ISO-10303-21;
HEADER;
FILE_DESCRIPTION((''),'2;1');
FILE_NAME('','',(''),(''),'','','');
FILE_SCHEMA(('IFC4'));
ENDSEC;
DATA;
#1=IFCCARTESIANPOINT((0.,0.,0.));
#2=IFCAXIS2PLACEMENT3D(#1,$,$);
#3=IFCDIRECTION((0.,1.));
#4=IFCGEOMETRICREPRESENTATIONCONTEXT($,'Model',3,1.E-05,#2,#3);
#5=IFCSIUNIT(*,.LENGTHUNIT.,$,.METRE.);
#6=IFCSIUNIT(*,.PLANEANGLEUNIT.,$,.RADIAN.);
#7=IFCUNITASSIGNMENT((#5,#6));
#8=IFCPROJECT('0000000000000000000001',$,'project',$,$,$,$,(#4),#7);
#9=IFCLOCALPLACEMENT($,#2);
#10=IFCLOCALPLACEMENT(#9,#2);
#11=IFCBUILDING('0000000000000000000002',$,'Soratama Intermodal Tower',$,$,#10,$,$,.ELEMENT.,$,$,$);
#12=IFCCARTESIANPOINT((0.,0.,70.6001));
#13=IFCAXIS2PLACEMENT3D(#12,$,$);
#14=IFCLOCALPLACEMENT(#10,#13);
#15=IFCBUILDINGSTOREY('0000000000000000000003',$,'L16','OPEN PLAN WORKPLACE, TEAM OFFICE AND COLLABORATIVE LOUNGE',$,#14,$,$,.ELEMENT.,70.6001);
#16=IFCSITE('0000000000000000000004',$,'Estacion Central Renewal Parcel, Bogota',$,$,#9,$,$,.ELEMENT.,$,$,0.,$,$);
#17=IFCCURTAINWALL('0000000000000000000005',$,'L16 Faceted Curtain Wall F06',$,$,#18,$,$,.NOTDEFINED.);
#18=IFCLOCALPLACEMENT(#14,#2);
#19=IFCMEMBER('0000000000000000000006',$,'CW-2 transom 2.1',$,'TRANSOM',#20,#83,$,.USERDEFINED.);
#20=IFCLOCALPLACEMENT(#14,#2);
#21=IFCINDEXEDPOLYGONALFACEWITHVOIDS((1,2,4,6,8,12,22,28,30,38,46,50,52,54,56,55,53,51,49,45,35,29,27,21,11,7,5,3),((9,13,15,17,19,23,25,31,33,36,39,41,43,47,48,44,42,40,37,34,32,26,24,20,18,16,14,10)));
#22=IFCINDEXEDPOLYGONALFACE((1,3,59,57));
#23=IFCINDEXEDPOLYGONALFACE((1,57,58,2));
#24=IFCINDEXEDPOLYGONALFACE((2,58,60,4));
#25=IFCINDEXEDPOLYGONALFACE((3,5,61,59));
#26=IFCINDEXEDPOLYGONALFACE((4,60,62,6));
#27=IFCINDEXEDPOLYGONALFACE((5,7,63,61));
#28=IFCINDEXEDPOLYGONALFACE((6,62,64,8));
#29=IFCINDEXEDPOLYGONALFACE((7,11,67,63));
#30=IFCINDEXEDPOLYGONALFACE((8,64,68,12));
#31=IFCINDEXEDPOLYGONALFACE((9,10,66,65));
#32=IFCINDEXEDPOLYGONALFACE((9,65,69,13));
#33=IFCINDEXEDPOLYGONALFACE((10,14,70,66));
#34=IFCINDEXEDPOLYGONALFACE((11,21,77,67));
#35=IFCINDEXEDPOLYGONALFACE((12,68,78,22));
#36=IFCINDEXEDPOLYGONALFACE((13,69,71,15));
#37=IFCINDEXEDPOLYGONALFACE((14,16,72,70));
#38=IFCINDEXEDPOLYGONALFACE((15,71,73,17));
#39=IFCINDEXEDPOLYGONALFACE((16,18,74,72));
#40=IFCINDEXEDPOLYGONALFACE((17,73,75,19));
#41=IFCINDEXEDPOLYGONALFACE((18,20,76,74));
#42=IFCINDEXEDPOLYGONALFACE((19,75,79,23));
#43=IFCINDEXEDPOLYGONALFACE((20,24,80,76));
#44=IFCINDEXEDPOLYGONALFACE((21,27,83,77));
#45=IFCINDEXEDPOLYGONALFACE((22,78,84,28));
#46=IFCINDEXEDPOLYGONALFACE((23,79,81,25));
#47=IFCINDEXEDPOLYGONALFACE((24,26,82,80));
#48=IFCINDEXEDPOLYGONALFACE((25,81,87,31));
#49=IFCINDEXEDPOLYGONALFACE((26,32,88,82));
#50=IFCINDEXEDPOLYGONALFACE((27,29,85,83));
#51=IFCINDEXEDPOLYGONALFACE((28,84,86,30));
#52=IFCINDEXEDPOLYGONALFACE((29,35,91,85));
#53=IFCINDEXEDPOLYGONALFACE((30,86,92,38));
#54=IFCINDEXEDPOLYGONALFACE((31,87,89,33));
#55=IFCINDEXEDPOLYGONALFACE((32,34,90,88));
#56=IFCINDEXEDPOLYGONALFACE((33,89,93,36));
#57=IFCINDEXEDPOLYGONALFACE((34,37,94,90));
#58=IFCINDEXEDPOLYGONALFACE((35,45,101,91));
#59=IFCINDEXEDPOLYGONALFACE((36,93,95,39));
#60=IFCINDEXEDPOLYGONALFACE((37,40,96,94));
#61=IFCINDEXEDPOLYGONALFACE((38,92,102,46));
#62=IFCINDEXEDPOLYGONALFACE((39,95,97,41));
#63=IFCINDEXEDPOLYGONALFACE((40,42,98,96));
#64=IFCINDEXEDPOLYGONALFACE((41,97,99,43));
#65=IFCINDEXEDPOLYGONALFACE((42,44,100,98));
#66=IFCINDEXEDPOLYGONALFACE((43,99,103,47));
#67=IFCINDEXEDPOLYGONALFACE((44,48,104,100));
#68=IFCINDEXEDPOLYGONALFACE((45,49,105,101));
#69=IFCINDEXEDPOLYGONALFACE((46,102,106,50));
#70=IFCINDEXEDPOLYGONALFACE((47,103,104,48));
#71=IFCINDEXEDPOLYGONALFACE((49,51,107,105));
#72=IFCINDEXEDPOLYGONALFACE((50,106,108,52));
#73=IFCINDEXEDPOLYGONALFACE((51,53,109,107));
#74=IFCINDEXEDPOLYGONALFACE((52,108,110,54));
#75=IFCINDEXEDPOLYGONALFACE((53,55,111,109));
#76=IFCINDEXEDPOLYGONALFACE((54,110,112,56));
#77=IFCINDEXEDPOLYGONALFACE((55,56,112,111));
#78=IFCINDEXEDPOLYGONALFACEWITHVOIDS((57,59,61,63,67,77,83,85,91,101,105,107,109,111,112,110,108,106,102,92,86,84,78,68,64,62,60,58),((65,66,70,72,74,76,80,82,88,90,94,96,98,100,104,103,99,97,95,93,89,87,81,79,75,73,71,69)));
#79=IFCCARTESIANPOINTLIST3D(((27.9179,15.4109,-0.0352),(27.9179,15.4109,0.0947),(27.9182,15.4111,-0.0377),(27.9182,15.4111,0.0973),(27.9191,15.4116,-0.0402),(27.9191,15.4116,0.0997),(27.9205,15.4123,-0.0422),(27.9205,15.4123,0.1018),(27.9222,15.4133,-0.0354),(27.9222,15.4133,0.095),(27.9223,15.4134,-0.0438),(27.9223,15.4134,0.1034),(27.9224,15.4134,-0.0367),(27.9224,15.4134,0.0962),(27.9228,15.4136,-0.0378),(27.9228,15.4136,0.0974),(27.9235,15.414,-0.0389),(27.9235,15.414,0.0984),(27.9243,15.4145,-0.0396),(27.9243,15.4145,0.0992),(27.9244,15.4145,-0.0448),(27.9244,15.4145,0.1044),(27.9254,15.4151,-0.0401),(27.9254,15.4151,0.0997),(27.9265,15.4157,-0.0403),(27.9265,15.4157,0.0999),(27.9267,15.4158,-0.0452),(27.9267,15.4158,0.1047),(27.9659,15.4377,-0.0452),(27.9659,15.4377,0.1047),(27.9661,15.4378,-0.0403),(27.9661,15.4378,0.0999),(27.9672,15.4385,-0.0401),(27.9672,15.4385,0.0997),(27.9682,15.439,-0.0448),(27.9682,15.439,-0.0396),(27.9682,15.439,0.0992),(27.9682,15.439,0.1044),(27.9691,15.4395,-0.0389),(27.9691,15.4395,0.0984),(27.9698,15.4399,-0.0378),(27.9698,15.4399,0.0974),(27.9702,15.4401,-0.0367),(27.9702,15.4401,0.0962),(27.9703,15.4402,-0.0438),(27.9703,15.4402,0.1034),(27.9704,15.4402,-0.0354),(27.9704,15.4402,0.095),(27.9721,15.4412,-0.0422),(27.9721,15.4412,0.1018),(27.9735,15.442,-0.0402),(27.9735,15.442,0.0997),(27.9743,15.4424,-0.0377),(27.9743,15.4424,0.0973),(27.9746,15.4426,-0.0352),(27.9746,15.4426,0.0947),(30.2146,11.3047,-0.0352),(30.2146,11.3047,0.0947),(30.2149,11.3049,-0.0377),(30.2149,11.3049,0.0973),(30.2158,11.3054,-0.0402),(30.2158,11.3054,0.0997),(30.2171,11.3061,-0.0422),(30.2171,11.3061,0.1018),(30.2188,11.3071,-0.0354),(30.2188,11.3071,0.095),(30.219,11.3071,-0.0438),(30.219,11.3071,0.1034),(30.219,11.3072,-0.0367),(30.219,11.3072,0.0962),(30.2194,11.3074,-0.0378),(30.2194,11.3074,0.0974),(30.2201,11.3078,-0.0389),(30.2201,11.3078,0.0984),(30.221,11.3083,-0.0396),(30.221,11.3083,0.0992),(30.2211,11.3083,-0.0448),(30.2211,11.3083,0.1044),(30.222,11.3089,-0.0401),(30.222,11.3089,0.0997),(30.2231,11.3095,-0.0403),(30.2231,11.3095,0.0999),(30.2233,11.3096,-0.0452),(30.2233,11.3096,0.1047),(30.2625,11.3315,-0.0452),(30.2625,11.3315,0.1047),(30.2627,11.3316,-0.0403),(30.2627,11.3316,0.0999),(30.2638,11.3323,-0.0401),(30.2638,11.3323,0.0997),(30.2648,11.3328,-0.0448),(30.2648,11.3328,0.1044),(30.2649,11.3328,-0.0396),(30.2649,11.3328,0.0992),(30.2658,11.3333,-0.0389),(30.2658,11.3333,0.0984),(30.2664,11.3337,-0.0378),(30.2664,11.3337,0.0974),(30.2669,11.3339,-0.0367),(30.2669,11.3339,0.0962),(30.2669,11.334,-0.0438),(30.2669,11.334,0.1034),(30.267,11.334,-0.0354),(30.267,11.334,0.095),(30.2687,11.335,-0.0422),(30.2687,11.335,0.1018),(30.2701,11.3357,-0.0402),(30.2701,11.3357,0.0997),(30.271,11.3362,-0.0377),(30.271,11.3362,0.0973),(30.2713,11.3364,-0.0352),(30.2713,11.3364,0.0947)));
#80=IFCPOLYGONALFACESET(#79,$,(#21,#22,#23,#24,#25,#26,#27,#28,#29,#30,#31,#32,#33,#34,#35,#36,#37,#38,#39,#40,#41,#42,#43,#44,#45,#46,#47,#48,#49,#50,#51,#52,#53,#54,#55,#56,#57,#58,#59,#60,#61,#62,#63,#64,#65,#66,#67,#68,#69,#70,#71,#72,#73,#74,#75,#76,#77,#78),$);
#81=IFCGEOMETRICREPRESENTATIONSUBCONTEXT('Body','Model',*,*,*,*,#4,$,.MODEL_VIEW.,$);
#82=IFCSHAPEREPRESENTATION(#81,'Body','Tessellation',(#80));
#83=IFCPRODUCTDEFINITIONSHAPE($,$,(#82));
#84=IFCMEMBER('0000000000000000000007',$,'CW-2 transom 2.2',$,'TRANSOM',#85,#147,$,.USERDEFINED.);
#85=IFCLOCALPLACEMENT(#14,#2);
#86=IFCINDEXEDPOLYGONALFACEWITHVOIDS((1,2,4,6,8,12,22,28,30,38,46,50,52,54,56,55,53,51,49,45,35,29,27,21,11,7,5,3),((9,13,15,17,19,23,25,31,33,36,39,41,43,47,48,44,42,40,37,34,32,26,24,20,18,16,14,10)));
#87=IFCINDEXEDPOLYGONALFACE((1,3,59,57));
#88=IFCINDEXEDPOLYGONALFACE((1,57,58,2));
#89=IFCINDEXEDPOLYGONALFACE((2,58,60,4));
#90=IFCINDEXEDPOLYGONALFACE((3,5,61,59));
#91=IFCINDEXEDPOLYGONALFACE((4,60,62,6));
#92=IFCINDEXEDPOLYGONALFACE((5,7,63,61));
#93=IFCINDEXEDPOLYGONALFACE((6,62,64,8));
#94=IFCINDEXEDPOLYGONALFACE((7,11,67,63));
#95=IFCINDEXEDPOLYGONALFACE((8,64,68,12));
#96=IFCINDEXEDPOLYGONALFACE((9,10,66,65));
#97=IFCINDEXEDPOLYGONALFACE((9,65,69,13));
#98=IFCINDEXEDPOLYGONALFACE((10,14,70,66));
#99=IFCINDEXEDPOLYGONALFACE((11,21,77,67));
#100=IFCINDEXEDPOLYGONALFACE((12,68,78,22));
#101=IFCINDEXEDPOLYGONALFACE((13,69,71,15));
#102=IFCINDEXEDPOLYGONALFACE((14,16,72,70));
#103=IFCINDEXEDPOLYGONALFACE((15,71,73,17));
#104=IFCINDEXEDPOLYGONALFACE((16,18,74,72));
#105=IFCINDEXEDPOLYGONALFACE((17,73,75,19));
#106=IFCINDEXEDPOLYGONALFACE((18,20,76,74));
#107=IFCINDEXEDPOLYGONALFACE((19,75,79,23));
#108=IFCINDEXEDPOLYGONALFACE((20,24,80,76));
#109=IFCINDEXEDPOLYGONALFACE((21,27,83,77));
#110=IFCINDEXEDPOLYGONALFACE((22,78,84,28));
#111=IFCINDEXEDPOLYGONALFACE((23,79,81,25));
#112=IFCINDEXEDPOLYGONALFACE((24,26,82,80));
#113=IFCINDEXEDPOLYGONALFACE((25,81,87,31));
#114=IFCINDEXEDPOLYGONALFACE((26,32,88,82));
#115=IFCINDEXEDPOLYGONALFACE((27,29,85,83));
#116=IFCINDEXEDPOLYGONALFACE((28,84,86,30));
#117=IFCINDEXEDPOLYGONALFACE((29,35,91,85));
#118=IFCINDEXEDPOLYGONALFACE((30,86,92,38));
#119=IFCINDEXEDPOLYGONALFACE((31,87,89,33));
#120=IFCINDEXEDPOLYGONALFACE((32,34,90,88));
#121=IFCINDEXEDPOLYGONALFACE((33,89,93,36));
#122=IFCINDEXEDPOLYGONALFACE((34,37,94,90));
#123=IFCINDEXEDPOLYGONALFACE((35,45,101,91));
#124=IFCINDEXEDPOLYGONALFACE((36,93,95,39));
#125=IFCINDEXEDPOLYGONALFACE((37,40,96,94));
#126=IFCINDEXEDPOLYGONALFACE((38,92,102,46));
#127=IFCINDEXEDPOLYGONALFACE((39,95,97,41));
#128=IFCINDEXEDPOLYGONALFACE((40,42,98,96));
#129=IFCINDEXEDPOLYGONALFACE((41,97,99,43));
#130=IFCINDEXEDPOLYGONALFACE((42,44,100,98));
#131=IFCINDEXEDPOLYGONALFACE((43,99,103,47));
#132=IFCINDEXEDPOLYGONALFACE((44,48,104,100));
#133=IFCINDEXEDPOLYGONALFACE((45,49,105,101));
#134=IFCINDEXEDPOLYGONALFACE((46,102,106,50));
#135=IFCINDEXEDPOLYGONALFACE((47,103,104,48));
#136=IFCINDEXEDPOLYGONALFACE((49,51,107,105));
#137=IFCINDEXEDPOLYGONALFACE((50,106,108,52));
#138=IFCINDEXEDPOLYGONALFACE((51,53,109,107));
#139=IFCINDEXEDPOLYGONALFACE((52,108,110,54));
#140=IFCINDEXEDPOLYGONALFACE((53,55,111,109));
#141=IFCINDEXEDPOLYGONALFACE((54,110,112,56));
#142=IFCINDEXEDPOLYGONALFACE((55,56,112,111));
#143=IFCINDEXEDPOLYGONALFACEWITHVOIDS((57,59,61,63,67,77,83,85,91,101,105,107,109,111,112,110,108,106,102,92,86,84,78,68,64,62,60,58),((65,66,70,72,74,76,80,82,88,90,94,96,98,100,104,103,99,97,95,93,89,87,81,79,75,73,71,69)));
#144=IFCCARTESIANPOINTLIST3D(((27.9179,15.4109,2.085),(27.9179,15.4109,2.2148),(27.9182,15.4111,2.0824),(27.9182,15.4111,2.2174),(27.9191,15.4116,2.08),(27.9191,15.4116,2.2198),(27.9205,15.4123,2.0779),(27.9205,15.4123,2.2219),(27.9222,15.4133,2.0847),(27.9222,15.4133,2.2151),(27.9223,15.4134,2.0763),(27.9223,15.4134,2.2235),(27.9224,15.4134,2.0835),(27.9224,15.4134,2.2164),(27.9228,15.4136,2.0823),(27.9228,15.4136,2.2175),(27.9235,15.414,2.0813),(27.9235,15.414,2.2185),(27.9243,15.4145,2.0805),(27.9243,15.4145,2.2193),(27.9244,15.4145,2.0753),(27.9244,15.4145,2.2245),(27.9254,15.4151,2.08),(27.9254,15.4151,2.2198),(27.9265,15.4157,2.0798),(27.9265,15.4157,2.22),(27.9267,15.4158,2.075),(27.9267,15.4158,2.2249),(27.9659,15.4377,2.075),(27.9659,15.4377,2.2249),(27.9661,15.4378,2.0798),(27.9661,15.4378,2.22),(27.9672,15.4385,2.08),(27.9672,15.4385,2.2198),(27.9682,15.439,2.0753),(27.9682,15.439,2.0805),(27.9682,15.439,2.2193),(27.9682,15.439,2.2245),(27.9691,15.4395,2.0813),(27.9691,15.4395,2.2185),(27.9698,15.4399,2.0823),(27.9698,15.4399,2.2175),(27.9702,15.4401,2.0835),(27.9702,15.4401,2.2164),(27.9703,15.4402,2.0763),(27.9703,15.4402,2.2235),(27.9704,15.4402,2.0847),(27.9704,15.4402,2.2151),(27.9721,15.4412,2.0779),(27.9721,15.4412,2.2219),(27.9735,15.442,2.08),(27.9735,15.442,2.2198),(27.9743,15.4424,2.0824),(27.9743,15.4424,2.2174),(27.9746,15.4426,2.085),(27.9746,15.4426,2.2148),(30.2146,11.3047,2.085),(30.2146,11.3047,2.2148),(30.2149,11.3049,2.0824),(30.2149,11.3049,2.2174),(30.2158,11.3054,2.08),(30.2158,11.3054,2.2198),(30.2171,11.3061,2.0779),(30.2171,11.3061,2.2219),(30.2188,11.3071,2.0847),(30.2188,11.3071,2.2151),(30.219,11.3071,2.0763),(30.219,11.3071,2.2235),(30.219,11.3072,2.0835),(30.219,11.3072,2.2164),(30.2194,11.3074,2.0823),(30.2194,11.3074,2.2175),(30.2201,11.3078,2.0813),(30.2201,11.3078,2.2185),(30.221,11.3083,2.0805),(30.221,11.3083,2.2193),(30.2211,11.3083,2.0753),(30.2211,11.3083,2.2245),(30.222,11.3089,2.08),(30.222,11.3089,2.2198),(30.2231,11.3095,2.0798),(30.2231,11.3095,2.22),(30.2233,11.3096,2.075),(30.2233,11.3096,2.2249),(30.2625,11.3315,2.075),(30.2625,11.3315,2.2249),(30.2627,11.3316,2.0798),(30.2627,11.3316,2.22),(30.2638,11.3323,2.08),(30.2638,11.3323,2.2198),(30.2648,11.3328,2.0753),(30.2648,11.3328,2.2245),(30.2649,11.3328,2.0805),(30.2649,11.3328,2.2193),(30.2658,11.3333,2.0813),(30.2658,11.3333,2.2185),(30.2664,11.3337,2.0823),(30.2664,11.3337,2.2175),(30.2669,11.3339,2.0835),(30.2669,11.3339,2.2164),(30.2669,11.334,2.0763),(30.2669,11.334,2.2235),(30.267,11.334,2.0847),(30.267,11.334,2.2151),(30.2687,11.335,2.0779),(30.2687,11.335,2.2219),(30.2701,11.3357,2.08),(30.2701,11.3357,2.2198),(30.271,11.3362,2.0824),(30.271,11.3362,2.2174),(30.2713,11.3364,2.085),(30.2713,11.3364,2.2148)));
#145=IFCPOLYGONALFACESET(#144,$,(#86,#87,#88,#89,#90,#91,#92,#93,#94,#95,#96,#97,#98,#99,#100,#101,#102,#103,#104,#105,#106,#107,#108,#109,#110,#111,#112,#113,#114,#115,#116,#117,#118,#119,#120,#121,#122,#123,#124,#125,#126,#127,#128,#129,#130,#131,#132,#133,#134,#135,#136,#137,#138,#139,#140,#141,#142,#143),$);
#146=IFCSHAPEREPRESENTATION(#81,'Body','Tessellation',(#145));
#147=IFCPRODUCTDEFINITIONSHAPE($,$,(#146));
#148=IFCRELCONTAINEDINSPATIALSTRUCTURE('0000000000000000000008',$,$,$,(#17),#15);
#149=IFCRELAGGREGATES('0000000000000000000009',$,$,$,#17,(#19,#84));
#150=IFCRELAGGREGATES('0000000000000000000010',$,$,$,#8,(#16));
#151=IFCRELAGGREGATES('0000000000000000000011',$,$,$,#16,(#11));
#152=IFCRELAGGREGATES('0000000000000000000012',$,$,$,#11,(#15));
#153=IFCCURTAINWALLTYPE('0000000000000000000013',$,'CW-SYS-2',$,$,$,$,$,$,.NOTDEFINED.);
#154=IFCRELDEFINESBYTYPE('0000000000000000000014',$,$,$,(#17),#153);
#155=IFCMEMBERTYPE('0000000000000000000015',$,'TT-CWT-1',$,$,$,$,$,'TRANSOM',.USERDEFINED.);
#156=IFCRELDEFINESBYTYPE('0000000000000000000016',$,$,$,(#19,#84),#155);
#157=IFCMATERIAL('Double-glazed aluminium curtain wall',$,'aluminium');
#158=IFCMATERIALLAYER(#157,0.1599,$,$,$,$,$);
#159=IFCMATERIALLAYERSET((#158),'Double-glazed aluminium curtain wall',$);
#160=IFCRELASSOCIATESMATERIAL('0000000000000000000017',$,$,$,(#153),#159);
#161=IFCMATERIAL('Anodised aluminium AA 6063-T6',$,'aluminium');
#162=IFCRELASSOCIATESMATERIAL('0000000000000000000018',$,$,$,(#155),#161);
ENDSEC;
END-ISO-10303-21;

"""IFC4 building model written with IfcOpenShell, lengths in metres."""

from ifc_helpers import new_model, si_unit, direction, frame, origin, origin_2d, place, context, subcontext, project, spatial, hollow_rectangle, extrude, material, layer, layer_set, material_profile, profile_set, type_object, element, aggregate, save


model = new_model("IFC4")

# Units and contexts
model_context = context("Model", 3, precision=1e-05, world=origin(), true_north=direction((0.0, 1.0)))
body_context = subcontext(model_context, "Body", "Model", "MODEL_VIEW")
ifc_project = project(units=[si_unit("LENGTHUNIT", "METRE"), si_unit("PLANEANGLEUNIT", "RADIAN")], contexts=[model_context])

# Site, building, storey
site_placement = place(None, origin())
site = spatial("IfcSite", under=ifc_project, at=site_placement, Name="Estacion Central Renewal Parcel, Bogota", CompositionType="ELEMENT", RefElevation=0.0)
building_placement = place(site_placement, origin())
building = spatial("IfcBuilding", under=site, at=building_placement, Name="Soratama Intermodal Tower", CompositionType="ELEMENT")
storey_placement = place(building_placement, frame((0.0, 0.0, 70.6001)))
storey = spatial("IfcBuildingStorey", under=building, at=storey_placement, Name="L16", Description="OPEN PLAN WORKPLACE, TEAM OFFICE AND COLLABORATIVE LOUNGE", CompositionType="ELEMENT", Elevation=70.6001)

# Curtain wall
ifc_material_1 = material(Name="Double-glazed aluminium curtain wall", Category="aluminium")
ifc_layer_1 = layer(ifc_material_1, 0.1599)
ifc_layer_set_1 = layer_set([ifc_layer_1], Name="Double-glazed aluminium curtain wall")
curtain_wall_type = type_object("IfcCurtainWallType", Name="CW-SYS-2", PredefinedType="NOTDEFINED", material=ifc_layer_set_1)
curtain_wall_1_placement = place(storey_placement, origin())
curtain_wall_1 = element("IfcCurtainWall", 1, at=curtain_wall_1_placement, inside=storey, type_object=curtain_wall_type, Name="L16 Faceted Curtain Wall F06", PredefinedType="NOTDEFINED")

# Members
ifc_material_2 = material(Name="Anodised aluminium AA 6063-T6", Category="aluminium")
ifc_material_profile_1 = material_profile(ifc_material_2, hollow_rectangle(XDim=0.0649, YDim=0.1499, WallThickness=0.0049, InnerFilletRadius=0.0049, OuterFilletRadius=0.01, at=origin_2d()), Name="CWT150X65X5")
ifc_profile_set_1 = profile_set([ifc_material_profile_1], Name="Anodised aluminium AA 6063-T6")
member_type_1 = type_object("IfcMemberType", Name="TT-CWT-1", ElementType="TRANSOM", PredefinedType="USERDEFINED", material=ifc_profile_set_1)
member_1_placement = place(storey_placement, frame((27.9463, 15.4268, 0.0298), z_axis=(0.488143, -0.872763, 0.0), x_axis=(0.872763, 0.488143, 0.0)))
member_1 = element("IfcMember", 2, at=member_1_placement, type_object=member_type_1, Name="CW-2 transom 2.1", ObjectType="TRANSOM", PredefinedType="USERDEFINED", context=body_context, shape_type="SweptSolid", body=[
    extrude(hollow_rectangle(XDim=0.0649, YDim=0.1499, WallThickness=0.0049, InnerFilletRadius=0.0049, OuterFilletRadius=0.01, at=origin_2d()), origin(), (0.0, 0.0, 1.0), 4.7048),
])
member_2_placement = place(storey_placement, frame((27.9463, 15.4268, 2.1499), z_axis=(0.488143, -0.872763, 0.0), x_axis=(0.872763, 0.488143, 0.0)))
member_2 = element("IfcMember", 3, at=member_2_placement, type_object=member_type_1, Name="CW-2 transom 2.2", ObjectType="TRANSOM", PredefinedType="USERDEFINED", context=body_context, shape_type="SweptSolid", body=[
    extrude(hollow_rectangle(XDim=0.0649, YDim=0.1499, WallThickness=0.0049, InnerFilletRadius=0.0049, OuterFilletRadius=0.01, at=origin_2d()), origin(), (0.0, 0.0, 1.0), 4.7048),
])

aggregate(curtain_wall_1, [member_1, member_2])

save(model, "model.ifc")
